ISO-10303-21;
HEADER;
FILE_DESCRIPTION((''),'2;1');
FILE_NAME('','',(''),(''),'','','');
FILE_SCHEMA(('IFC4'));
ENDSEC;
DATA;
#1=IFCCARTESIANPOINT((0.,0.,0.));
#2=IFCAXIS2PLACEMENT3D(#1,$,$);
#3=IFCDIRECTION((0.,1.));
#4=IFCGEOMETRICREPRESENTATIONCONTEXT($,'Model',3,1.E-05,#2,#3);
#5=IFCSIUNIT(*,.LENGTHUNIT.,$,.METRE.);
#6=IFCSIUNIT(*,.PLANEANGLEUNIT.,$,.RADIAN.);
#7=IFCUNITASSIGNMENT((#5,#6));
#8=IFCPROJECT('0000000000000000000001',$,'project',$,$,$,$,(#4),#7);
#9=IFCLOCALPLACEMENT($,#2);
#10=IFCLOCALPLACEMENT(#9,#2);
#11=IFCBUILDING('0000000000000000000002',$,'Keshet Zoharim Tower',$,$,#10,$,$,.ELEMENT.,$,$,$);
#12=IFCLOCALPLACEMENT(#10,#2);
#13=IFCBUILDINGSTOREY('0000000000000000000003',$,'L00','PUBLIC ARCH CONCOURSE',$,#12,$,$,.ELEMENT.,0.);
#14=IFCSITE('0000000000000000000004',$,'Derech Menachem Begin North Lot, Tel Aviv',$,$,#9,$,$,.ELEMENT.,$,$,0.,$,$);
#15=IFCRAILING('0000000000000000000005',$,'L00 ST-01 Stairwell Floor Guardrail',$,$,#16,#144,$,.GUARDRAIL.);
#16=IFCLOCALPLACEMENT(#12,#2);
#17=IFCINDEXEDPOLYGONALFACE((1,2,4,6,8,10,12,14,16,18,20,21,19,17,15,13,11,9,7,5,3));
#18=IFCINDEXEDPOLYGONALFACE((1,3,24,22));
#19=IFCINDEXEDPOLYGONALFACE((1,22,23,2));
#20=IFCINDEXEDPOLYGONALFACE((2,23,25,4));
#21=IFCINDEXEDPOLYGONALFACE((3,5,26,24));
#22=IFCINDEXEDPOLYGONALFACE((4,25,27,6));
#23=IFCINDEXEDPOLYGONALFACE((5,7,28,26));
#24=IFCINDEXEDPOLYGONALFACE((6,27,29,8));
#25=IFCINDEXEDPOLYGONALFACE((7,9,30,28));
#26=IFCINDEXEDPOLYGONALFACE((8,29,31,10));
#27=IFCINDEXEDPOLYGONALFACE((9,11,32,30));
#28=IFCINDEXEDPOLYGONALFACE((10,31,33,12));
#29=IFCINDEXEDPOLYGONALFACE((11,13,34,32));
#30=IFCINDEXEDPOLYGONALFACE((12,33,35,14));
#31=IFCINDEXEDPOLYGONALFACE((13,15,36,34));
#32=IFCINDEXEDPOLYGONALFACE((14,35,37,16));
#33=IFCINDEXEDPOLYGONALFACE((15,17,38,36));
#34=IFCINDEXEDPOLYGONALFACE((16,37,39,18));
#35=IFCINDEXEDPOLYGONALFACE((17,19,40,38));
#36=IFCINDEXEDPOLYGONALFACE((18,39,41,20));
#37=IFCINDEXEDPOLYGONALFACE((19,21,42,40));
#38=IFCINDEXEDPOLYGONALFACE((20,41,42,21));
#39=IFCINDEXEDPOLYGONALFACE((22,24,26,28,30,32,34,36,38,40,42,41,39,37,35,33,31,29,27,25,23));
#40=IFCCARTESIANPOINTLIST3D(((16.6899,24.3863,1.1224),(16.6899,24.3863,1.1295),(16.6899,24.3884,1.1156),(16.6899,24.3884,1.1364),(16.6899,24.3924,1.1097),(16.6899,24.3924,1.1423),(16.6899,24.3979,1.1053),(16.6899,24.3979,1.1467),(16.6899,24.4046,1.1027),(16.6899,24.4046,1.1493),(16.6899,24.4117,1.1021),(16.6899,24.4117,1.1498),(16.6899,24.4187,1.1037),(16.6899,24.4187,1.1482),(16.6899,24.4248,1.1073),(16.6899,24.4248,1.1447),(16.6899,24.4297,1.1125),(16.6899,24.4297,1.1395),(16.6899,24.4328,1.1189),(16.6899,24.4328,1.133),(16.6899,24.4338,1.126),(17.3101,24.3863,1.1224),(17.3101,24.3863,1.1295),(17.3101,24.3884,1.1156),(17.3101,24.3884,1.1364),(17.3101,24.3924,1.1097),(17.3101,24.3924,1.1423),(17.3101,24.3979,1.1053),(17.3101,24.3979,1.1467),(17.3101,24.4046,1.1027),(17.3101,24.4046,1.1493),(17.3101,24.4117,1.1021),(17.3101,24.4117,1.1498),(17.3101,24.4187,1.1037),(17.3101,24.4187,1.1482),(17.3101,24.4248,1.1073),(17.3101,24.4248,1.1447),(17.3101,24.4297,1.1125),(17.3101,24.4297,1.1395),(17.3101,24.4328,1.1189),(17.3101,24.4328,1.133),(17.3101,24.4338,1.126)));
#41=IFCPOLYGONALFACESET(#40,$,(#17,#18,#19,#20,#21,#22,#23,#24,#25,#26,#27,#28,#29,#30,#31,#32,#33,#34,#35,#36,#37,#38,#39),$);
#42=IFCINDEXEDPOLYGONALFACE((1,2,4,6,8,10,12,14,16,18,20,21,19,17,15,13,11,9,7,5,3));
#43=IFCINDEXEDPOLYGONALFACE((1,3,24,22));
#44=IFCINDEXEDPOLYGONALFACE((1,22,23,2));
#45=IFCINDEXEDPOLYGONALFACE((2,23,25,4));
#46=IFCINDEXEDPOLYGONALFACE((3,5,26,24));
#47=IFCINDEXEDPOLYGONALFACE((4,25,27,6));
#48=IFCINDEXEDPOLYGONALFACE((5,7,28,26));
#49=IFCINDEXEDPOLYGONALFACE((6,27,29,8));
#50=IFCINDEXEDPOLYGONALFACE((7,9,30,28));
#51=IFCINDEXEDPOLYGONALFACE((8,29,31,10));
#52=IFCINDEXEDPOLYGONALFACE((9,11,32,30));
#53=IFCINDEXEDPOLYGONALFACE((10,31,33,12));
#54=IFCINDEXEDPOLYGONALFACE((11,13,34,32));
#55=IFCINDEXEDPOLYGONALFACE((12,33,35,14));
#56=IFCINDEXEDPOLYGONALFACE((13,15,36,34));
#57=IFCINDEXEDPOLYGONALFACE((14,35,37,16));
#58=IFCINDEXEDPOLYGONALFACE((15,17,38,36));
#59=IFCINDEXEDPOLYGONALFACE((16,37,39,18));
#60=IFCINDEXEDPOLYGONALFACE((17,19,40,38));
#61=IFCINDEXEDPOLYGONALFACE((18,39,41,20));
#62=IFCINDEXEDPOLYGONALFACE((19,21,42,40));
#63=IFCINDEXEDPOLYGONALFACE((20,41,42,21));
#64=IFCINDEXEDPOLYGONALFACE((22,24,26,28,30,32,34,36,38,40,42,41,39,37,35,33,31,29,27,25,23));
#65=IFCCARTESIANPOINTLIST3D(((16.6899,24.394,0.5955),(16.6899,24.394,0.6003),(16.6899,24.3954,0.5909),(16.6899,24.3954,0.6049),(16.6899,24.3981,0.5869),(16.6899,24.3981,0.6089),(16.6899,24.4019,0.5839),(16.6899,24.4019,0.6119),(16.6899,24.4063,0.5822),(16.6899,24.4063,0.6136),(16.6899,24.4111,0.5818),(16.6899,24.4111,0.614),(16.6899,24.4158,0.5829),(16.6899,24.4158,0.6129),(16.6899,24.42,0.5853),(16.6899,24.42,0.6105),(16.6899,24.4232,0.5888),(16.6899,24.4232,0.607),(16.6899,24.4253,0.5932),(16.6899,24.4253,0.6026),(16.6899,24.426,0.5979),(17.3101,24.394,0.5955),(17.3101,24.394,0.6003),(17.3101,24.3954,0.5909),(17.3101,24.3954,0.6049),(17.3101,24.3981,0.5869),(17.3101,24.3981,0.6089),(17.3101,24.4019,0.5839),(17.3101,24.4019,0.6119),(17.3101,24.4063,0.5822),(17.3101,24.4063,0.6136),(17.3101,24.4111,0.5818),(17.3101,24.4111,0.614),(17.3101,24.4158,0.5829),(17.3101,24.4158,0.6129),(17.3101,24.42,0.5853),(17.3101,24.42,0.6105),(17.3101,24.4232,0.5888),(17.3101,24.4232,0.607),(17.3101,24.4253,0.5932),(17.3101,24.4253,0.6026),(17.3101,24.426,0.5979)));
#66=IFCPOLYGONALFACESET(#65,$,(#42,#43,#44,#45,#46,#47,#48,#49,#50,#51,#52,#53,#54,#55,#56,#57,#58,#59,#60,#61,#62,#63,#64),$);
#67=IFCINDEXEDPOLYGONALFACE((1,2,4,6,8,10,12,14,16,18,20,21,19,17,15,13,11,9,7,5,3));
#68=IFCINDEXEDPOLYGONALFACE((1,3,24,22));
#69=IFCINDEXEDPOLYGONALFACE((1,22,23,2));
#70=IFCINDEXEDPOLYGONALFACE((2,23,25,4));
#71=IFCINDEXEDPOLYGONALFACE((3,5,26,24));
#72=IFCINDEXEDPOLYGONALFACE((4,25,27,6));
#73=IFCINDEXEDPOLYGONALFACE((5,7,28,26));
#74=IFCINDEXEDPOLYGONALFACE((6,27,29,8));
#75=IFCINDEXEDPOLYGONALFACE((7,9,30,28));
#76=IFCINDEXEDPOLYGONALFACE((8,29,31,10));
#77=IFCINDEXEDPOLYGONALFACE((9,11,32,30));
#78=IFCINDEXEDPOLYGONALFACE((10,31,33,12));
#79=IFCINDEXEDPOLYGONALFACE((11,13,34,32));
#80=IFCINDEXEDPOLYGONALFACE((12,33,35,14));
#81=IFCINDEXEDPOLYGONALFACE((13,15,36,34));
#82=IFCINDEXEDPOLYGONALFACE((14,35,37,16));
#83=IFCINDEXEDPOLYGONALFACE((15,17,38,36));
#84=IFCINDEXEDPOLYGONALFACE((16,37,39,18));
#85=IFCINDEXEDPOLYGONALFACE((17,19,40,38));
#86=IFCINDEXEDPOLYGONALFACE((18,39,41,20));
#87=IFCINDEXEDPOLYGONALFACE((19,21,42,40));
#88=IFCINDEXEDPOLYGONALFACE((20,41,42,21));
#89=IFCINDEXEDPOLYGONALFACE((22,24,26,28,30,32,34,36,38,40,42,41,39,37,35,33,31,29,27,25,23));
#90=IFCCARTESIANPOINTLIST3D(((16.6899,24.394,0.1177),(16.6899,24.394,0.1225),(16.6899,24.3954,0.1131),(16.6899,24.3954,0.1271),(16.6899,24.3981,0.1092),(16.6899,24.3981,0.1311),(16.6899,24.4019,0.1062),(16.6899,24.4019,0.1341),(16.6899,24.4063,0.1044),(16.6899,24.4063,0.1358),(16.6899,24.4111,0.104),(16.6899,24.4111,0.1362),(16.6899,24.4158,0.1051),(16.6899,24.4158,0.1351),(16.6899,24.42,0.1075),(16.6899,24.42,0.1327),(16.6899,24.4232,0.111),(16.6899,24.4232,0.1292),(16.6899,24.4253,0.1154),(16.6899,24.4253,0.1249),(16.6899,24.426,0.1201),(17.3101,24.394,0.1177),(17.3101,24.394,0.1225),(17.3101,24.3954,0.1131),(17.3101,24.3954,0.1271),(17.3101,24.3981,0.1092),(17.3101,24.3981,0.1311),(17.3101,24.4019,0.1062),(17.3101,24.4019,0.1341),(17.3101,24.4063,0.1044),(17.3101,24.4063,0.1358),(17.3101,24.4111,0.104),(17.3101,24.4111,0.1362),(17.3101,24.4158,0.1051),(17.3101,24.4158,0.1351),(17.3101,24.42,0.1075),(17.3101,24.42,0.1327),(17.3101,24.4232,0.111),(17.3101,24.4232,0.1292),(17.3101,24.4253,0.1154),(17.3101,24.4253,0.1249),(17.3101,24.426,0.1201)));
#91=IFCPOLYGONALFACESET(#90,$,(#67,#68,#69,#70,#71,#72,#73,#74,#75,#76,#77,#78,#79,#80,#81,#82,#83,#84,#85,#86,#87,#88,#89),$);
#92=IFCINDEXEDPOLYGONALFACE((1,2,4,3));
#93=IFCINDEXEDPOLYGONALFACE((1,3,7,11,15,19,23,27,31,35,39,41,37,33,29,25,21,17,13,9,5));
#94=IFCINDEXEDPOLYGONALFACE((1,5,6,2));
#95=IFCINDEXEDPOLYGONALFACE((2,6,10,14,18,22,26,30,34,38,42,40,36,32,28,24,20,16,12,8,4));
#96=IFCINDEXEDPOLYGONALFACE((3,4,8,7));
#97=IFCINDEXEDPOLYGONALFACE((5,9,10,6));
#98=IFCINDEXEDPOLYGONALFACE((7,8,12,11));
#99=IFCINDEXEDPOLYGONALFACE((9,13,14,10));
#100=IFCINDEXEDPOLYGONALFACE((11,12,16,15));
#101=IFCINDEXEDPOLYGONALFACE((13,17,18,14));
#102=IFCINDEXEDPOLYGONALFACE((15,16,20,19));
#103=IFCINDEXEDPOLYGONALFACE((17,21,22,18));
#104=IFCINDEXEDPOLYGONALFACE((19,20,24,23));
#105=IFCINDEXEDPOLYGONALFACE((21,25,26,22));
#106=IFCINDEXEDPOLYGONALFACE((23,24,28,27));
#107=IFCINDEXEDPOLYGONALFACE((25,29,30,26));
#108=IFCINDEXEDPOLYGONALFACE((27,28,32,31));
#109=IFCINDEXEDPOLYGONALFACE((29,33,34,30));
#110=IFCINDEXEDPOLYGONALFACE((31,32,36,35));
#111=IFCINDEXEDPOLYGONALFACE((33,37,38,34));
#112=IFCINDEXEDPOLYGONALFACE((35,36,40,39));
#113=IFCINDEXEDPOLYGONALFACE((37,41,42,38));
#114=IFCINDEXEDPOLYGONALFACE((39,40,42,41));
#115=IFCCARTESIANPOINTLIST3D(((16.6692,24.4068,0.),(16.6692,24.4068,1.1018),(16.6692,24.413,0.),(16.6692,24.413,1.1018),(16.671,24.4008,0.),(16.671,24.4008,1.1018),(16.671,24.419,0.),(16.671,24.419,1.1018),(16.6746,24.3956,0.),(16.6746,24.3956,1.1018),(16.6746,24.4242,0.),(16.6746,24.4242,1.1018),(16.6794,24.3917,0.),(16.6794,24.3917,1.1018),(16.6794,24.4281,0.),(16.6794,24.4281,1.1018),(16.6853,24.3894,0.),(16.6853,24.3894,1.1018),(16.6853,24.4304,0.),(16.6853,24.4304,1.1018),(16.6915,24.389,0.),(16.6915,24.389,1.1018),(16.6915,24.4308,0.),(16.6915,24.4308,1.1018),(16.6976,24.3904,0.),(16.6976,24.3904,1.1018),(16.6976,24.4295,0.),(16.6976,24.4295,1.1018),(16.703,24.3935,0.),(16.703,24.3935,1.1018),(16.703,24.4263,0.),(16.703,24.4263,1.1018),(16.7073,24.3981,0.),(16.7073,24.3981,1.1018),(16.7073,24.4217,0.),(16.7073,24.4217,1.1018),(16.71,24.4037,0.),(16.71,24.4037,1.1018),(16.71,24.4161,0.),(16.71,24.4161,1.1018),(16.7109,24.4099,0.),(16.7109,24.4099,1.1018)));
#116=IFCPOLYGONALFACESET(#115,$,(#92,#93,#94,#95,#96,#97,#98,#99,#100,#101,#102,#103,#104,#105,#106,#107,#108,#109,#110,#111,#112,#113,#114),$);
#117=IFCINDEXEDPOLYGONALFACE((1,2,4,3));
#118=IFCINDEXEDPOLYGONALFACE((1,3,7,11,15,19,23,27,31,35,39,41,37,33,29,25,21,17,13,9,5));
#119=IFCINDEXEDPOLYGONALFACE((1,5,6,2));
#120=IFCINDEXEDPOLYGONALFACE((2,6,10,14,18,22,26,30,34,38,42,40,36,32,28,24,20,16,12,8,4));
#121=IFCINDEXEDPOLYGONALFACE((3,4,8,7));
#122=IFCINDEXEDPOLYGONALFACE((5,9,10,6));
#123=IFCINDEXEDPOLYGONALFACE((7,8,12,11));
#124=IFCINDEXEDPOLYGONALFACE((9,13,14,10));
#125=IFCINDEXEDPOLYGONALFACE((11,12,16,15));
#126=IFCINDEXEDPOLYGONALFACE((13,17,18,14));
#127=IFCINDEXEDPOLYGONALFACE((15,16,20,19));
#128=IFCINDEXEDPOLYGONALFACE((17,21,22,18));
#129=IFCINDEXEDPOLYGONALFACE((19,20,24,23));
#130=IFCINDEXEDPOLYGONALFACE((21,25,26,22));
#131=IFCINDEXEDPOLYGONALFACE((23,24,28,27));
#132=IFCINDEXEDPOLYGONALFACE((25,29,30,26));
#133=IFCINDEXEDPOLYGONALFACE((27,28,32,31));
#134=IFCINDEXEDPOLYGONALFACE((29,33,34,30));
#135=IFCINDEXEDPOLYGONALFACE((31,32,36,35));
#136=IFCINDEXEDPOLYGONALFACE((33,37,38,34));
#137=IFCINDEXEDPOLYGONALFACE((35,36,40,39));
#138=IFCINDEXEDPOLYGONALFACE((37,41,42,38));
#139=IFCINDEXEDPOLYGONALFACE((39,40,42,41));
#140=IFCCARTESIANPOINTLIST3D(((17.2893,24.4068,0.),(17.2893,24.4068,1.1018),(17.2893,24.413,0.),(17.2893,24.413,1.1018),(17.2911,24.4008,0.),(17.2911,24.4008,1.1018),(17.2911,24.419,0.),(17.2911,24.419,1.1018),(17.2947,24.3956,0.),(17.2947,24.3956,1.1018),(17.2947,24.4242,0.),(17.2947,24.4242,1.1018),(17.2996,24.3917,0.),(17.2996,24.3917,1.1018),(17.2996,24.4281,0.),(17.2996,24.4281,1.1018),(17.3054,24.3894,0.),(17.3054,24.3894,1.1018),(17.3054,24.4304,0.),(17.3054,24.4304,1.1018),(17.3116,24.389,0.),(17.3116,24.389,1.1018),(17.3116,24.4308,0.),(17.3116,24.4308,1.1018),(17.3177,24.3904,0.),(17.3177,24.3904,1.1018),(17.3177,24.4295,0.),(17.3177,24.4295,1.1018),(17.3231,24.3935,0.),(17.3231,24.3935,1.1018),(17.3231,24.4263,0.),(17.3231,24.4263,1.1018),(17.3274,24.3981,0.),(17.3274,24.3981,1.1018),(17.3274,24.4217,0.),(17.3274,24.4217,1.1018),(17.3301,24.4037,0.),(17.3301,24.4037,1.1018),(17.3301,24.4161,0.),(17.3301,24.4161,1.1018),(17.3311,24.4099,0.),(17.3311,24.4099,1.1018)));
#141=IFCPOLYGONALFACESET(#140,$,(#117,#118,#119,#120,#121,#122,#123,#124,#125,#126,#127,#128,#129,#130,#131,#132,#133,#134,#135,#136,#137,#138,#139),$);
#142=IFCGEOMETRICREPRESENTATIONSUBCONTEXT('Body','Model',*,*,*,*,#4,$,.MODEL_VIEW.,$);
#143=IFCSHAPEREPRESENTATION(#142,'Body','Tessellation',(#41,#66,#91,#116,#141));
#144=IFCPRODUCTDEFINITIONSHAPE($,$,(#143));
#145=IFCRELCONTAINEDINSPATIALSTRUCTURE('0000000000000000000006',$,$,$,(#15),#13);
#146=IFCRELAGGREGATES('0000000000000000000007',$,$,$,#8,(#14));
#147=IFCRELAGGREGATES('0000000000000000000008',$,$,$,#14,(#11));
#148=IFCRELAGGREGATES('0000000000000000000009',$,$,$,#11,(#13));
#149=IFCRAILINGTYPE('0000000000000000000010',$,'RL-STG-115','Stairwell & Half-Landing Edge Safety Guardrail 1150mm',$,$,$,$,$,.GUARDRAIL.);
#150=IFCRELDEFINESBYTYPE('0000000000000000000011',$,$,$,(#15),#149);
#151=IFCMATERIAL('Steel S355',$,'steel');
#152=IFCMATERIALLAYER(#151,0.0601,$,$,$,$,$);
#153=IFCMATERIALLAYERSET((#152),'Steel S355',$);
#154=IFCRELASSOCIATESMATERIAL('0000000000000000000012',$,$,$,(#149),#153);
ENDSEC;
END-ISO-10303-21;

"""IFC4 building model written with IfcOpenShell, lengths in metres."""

from ifc_helpers import new_model, si_unit, direction, frame, origin, origin_2d, place, context, subcontext, project, spatial, circle, extrude, material, layer, layer_set, type_object, element, save


model = new_model("IFC4")

# Units and contexts
model_context = context("Model", 3, precision=1e-05, world=origin(), true_north=direction((0.0, 1.0)))
body_context = subcontext(model_context, "Body", "Model", "MODEL_VIEW")
ifc_project = project(units=[si_unit("LENGTHUNIT", "METRE"), si_unit("PLANEANGLEUNIT", "RADIAN")], contexts=[model_context])

# Site, building, storey
site_placement = place(None, origin())
site = spatial("IfcSite", under=ifc_project, at=site_placement, Name="Derech Menachem Begin North Lot, Tel Aviv", CompositionType="ELEMENT", RefElevation=0.0)
building_placement = place(site_placement, origin())
building = spatial("IfcBuilding", under=site, at=building_placement, Name="Keshet Zoharim Tower", CompositionType="ELEMENT")
storey_placement = place(building_placement, origin())
storey = spatial("IfcBuildingStorey", under=building, at=storey_placement, Name="L00", Description="PUBLIC ARCH CONCOURSE", CompositionType="ELEMENT", Elevation=0.0)

# Shared definitions
ifc_material_1 = material(Name="Steel S355", Category="steel")

# Railing
ifc_layer_1 = layer(ifc_material_1, 0.0601)
ifc_layer_set_1 = layer_set([ifc_layer_1], Name="Steel S355")
railing_type_1 = type_object("IfcRailingType", Name="RL-STG-115", Description="Stairwell & Half-Landing Edge Safety Guardrail 1150mm", PredefinedType="GUARDRAIL", material=ifc_layer_set_1)
railing_1_placement = place(storey_placement, frame((16.6899, 24.4099, 0.0)))
element("IfcRailing", 1, at=railing_1_placement, inside=storey, type_object=railing_type_1, Name="L00 ST-01 Stairwell Floor Guardrail", PredefinedType="GUARDRAIL", context=body_context, shape_type="SweptSolid", body=[
    extrude(circle(Radius=0.0239, at=origin_2d()), frame((0.0, 0.0, 1.126), z_axis=(1.0, 0.0, 0.0), x_axis=(0.0, 1.0, 0.0)), (0.0, 0.0, 1.0), 0.6201),
    extrude(circle(Radius=0.0161, at=origin_2d()), frame((0.0, 0.0, 0.5979), z_axis=(1.0, 0.0, 0.0), x_axis=(0.0, 1.0, 0.0)), (0.0, 0.0, 1.0), 0.6201),
    extrude(circle(Radius=0.0161, at=origin_2d()), frame((0.0, 0.0, 0.1201), z_axis=(1.0, 0.0, 0.0), x_axis=(0.0, 1.0, 0.0)), (0.0, 0.0, 1.0), 0.6201),
    extrude(circle(Radius=0.021, at=origin_2d()), origin(), (0.0, 0.0, 1.0), 1.1018),
    extrude(circle(Radius=0.021, at=origin_2d()), frame((0.6201, 0.0, 0.0)), (0.0, 0.0, 1.0), 1.1018),
])

save(model, "model.ifc")
